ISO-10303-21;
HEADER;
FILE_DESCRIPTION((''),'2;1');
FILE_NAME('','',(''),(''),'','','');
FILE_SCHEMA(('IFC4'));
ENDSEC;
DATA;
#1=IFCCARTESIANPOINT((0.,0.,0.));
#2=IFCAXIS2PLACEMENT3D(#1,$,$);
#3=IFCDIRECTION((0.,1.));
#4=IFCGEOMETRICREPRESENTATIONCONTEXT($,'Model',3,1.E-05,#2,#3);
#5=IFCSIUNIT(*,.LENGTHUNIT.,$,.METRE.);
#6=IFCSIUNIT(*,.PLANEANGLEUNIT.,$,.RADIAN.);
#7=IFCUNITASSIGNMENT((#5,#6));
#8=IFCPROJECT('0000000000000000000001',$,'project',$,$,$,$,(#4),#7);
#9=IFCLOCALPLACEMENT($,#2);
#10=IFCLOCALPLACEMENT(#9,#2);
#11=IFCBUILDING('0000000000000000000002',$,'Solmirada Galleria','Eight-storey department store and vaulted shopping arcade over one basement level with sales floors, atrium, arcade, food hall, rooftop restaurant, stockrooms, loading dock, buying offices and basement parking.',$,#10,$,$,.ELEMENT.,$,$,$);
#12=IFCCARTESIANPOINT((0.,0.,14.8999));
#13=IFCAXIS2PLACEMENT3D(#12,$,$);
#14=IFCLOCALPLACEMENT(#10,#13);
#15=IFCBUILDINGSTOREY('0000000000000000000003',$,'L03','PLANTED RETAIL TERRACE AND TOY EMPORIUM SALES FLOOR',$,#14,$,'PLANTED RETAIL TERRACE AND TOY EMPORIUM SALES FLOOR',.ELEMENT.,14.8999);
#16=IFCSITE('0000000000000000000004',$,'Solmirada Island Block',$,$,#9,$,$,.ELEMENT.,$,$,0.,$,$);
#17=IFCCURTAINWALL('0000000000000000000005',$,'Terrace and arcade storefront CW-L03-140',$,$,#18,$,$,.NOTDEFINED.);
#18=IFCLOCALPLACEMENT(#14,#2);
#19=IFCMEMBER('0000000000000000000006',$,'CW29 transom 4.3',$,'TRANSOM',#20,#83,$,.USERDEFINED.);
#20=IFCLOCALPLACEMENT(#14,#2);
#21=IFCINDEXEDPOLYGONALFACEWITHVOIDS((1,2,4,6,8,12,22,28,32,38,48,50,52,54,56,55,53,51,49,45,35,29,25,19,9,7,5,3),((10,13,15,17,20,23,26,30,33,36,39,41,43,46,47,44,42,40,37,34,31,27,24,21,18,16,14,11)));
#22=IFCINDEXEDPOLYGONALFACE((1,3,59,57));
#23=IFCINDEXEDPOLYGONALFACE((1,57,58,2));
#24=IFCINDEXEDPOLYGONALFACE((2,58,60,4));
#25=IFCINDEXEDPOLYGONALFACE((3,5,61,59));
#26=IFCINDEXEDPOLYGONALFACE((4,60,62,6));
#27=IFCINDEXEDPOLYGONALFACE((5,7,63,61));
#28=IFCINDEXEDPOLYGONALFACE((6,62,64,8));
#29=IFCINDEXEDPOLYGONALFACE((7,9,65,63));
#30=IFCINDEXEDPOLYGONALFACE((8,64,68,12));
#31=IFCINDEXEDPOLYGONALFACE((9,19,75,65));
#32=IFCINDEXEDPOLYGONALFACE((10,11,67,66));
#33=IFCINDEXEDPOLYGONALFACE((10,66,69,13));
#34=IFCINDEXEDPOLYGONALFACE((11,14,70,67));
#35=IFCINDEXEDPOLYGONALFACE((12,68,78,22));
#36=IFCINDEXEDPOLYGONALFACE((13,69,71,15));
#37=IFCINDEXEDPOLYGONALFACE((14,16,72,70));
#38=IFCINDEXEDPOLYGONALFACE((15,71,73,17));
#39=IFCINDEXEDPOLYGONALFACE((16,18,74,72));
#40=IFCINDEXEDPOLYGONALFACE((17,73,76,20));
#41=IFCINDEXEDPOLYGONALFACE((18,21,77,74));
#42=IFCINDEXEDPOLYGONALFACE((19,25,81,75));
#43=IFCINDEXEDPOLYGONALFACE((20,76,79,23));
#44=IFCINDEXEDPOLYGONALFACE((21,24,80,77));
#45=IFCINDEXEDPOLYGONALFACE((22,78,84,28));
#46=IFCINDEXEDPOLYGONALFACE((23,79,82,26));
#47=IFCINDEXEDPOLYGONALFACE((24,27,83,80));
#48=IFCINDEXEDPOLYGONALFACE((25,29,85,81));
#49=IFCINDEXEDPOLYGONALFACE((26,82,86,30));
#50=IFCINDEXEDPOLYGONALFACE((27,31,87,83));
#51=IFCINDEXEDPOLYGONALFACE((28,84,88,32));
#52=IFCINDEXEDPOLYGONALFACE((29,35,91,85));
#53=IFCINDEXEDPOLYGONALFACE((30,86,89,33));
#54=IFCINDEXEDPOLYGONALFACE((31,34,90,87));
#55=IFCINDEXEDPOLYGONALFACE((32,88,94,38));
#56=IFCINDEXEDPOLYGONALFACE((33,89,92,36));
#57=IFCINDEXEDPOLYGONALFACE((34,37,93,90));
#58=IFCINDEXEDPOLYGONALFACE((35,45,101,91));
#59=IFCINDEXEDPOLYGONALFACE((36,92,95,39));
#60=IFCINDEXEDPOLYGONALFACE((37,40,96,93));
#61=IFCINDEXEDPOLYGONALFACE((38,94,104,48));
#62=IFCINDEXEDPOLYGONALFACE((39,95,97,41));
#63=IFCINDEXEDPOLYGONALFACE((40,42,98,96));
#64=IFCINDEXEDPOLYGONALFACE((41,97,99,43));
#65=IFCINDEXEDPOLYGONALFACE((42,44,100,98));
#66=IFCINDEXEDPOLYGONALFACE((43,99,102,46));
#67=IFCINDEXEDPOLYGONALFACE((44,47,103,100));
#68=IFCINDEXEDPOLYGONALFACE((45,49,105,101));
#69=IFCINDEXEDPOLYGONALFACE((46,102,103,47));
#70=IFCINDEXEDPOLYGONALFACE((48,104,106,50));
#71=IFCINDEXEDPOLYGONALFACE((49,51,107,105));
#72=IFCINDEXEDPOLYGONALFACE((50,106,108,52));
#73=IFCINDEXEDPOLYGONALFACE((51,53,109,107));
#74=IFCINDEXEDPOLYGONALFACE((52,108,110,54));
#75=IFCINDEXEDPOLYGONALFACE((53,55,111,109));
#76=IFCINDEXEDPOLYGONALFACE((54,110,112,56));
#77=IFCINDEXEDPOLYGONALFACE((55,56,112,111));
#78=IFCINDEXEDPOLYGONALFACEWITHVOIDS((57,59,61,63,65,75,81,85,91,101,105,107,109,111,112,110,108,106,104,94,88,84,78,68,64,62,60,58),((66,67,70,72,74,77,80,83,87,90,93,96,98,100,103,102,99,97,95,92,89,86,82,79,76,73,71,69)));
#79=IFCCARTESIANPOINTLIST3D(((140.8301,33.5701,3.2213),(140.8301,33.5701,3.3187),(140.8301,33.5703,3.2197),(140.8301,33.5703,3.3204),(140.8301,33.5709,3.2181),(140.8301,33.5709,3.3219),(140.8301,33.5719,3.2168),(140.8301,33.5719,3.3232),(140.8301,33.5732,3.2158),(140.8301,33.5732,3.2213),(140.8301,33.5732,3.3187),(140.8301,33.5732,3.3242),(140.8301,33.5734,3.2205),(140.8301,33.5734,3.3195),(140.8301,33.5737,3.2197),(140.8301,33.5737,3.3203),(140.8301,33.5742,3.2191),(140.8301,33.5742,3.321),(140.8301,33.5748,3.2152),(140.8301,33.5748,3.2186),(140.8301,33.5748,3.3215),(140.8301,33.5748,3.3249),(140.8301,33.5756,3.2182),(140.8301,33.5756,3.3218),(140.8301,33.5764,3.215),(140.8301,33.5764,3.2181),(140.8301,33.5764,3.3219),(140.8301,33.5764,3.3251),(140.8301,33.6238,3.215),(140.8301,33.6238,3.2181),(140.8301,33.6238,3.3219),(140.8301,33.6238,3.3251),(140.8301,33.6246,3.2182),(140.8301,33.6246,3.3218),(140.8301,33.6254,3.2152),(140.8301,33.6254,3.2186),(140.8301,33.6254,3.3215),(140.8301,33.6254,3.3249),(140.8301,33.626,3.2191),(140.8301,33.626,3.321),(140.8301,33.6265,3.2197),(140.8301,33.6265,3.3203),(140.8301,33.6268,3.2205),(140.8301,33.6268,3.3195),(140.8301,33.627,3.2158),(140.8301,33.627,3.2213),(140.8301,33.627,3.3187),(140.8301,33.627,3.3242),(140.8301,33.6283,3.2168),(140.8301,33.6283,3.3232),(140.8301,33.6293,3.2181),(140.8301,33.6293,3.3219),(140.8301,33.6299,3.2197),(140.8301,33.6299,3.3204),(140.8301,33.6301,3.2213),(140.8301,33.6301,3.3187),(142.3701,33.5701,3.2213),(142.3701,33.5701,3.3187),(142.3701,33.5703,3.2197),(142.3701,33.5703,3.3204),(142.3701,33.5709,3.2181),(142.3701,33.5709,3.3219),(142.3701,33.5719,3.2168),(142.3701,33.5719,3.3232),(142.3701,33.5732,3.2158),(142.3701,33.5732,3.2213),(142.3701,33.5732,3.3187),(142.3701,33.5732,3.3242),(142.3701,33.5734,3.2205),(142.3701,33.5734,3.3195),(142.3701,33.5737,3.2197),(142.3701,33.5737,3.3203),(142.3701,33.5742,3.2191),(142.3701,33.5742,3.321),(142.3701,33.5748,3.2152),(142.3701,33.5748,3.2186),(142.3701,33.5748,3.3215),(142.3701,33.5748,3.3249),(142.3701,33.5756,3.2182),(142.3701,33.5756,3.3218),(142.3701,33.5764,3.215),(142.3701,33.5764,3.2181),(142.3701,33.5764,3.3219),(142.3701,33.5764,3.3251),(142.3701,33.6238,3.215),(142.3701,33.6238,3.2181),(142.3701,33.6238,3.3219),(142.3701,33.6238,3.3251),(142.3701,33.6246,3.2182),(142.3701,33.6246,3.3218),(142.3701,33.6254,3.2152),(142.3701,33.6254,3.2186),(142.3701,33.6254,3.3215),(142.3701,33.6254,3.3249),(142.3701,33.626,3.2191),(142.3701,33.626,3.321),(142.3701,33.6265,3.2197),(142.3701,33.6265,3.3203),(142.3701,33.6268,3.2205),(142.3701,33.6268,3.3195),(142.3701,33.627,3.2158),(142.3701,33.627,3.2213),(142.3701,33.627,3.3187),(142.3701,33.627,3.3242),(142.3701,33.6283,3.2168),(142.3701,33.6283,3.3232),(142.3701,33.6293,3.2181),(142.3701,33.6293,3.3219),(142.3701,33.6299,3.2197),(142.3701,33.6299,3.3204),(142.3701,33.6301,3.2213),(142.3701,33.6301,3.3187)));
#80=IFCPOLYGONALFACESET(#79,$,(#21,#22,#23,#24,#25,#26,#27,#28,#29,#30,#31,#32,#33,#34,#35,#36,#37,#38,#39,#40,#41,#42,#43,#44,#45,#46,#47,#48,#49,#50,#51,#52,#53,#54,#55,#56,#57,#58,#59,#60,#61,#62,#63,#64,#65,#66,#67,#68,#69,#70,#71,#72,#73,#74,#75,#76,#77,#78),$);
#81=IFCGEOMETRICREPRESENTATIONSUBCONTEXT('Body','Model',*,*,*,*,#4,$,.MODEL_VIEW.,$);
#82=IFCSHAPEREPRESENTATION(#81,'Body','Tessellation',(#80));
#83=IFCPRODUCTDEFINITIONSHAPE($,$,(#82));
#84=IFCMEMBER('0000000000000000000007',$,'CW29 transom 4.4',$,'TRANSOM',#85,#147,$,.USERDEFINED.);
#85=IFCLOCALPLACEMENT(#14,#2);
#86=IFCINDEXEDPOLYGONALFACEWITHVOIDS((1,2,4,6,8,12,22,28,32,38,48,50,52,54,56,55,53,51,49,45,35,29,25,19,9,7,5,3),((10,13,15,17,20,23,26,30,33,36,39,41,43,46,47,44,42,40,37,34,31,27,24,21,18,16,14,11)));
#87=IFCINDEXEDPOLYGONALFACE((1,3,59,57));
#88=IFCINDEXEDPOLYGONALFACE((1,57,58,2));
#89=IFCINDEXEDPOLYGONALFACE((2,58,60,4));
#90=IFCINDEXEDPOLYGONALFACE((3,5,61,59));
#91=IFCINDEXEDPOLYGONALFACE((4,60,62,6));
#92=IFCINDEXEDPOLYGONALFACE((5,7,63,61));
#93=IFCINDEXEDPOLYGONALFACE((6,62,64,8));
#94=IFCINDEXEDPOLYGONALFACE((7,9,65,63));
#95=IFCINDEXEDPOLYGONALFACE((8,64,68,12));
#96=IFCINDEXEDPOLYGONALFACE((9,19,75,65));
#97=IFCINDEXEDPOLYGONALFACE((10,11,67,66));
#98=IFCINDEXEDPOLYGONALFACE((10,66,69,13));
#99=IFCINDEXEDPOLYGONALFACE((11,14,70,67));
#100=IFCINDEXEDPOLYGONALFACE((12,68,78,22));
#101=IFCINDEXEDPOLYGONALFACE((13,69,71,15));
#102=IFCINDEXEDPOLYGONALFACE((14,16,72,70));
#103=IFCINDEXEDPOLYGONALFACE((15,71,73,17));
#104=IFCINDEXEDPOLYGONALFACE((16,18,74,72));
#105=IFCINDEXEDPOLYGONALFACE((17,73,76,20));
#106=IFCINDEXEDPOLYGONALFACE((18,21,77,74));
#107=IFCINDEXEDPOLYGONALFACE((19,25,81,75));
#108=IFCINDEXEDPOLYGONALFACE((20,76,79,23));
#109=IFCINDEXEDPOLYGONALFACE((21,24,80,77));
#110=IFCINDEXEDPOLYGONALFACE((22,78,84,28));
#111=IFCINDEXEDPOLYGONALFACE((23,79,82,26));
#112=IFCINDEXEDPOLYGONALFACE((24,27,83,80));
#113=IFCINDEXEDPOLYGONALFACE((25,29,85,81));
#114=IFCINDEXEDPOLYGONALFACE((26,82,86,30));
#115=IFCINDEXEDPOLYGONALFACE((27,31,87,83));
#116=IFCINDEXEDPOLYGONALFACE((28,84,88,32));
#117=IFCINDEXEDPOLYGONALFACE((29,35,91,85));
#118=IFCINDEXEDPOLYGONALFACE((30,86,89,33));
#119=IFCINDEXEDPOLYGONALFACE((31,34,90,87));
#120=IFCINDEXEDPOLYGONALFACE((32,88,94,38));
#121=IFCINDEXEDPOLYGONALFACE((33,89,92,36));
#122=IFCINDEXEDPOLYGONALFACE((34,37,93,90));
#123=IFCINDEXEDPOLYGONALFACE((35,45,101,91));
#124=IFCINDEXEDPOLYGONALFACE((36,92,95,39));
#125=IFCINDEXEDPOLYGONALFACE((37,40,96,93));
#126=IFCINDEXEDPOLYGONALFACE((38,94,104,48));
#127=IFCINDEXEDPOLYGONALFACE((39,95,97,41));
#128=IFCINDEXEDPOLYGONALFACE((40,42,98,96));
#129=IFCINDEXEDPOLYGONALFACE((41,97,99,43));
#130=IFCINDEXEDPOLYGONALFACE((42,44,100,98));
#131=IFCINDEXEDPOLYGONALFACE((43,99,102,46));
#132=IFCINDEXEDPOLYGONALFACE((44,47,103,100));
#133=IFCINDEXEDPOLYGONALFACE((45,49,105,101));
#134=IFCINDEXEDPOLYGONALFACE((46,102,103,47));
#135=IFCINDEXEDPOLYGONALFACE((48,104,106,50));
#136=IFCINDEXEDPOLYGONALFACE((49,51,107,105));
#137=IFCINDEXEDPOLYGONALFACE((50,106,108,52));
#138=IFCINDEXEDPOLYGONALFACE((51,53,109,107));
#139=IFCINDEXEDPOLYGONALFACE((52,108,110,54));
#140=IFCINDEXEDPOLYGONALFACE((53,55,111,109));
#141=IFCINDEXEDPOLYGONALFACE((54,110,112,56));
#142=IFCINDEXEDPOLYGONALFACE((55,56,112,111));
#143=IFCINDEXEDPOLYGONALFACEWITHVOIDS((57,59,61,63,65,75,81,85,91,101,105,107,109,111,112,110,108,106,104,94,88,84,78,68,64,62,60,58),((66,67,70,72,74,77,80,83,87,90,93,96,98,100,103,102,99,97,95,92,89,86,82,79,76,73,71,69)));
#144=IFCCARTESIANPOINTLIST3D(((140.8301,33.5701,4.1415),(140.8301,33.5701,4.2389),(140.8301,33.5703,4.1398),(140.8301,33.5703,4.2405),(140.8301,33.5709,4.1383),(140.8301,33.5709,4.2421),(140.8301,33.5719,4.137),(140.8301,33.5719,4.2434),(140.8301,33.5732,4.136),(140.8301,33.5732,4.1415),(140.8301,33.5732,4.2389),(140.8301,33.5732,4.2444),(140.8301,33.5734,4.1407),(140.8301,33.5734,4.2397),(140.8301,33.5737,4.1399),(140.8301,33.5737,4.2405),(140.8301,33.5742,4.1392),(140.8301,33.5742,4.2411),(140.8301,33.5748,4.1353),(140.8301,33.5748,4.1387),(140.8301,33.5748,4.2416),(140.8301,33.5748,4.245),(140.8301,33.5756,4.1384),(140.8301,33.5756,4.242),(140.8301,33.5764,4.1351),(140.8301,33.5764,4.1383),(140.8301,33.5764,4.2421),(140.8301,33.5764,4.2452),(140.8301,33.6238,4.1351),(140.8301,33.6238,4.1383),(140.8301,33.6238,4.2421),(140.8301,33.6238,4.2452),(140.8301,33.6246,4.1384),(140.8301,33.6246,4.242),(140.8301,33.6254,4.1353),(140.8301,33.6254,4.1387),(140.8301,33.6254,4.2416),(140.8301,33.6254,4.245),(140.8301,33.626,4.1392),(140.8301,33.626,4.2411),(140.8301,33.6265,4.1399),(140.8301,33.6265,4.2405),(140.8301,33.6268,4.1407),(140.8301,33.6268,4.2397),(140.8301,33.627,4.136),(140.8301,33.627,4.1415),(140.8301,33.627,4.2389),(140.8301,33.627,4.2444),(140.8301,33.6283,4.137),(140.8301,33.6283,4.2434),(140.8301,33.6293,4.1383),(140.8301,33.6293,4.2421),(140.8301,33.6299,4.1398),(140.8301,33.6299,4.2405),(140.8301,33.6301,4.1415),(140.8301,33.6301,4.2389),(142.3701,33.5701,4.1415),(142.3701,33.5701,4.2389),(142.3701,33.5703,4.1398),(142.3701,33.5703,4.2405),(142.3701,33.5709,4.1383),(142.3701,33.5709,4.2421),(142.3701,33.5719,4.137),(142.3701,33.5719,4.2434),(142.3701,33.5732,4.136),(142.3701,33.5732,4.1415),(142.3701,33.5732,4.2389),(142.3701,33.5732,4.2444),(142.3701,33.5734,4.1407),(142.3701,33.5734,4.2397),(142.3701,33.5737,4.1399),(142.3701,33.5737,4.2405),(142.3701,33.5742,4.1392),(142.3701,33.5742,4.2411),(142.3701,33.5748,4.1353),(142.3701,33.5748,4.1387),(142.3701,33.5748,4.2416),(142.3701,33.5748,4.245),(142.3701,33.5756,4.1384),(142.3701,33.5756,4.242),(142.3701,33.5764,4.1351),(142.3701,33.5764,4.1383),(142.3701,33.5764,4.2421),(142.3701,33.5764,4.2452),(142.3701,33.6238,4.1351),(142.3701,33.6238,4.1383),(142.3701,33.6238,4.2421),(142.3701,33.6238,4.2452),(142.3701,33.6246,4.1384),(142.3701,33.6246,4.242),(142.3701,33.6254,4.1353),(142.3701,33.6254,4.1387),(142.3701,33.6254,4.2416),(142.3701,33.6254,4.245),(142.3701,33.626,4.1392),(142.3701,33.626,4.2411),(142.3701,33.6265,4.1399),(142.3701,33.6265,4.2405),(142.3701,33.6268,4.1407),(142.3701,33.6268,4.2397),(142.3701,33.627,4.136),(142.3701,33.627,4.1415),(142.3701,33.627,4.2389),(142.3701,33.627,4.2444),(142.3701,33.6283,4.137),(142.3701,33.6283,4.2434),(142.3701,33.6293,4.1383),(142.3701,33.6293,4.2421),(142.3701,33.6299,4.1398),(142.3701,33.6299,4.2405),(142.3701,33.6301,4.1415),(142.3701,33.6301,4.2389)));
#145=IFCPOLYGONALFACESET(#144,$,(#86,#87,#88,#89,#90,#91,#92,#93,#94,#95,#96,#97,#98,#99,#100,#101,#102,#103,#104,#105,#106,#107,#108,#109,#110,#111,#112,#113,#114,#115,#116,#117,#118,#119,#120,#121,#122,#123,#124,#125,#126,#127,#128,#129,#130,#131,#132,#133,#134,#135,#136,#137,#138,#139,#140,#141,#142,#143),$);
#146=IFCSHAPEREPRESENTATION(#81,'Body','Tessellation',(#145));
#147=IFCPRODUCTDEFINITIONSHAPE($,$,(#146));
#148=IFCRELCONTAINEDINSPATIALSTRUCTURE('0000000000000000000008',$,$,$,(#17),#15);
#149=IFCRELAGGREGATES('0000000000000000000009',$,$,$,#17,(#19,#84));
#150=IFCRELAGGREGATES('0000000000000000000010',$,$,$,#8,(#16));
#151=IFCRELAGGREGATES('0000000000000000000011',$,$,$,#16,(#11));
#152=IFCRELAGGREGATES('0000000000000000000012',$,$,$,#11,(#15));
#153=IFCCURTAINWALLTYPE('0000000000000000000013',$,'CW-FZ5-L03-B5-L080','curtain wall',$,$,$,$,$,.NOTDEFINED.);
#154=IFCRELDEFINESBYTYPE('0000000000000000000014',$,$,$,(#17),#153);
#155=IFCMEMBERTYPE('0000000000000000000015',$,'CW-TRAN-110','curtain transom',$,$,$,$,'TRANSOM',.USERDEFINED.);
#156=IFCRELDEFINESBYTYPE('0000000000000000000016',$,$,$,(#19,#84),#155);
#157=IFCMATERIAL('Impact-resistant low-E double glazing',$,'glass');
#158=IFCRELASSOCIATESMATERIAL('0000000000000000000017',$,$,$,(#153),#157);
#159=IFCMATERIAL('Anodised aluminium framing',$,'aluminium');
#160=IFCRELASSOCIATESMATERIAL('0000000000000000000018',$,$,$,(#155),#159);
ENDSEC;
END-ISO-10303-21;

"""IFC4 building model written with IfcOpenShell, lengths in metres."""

from ifc_helpers import new_model, si_unit, direction, frame, origin, origin_2d, place, context, subcontext, project, spatial, hollow_rectangle, extrude, material, material_profile, profile_set, type_object, element, aggregate, save


model = new_model("IFC4")

# Units and contexts
model_context = context("Model", 3, precision=1e-05, world=origin(), true_north=direction((0.0, 1.0)))
body_context = subcontext(model_context, "Body", "Model", "MODEL_VIEW")
ifc_project = project(units=[si_unit("LENGTHUNIT", "METRE"), si_unit("PLANEANGLEUNIT", "RADIAN")], contexts=[model_context])

# Site, building, storey
site_placement = place(None, origin())
site = spatial("IfcSite", under=ifc_project, at=site_placement, Name="Solmirada Island Block", CompositionType="ELEMENT", RefElevation=0.0)
building_placement = place(site_placement, origin())
building = spatial("IfcBuilding", under=site, at=building_placement, Name="Solmirada Galleria", Description="Eight-storey department store and vaulted shopping arcade over one basement level with sales floors, atrium, arcade, food hall, rooftop restaurant, stockrooms, loading dock, buying offices and basement parking.", CompositionType="ELEMENT")
storey_placement = place(building_placement, frame((0.0, 0.0, 14.8999)))
storey = spatial("IfcBuildingStorey", under=building, at=storey_placement, Name="L03", Description="PLANTED RETAIL TERRACE AND TOY EMPORIUM SALES FLOOR", LongName="PLANTED RETAIL TERRACE AND TOY EMPORIUM SALES FLOOR", CompositionType="ELEMENT", Elevation=14.8999)

# Curtain wall, members
ifc_material_1 = material(Name="Impact-resistant low-E double glazing", Category="glass")
curtain_wall_type = type_object("IfcCurtainWallType", Name="CW-FZ5-L03-B5-L080", Description="curtain wall", PredefinedType="NOTDEFINED", material=ifc_material_1)
curtain_wall_placement = place(storey_placement, origin())
curtain_wall = element("IfcCurtainWall", 1, at=curtain_wall_placement, inside=storey, type_object=curtain_wall_type, Name="Terrace and arcade storefront CW-L03-140", PredefinedType="NOTDEFINED")
ifc_material_2 = material(Name="Anodised aluminium framing", Category="aluminium")
ifc_material_profile_1 = material_profile(ifc_material_2, hollow_rectangle(XDim=0.0601, YDim=0.1101, WallThickness=0.0032, InnerFilletRadius=0.0032, OuterFilletRadius=0.0063, at=origin_2d()), Name="ALU-TRAN-110X60")
ifc_profile_set_1 = profile_set([ifc_material_profile_1], Name="Anodised aluminium framing")
member_type_1 = type_object("IfcMemberType", Name="CW-TRAN-110", Description="curtain transom", ElementType="TRANSOM", PredefinedType="USERDEFINED", material=ifc_profile_set_1)
member_1_placement = place(storey_placement, frame((140.8301, 33.6001, 3.27), z_axis=(1.0, 0.0, 0.0), x_axis=(0.0, 1.0, 0.0)))
member_1 = element("IfcMember", 2, at=member_1_placement, type_object=member_type_1, Name="CW29 transom 4.3", ObjectType="TRANSOM", PredefinedType="USERDEFINED", context=body_context, shape_type="SweptSolid", body=[
    extrude(hollow_rectangle(XDim=0.0601, YDim=0.1101, WallThickness=0.0032, InnerFilletRadius=0.0032, OuterFilletRadius=0.0063, at=origin_2d()), origin(), (0.0, 0.0, 1.0), 1.54),
])
member_2_placement = place(storey_placement, frame((140.8301, 33.6001, 4.1902), z_axis=(1.0, 0.0, 0.0), x_axis=(0.0, 1.0, 0.0)))
member_2 = element("IfcMember", 3, at=member_2_placement, type_object=member_type_1, Name="CW29 transom 4.4", ObjectType="TRANSOM", PredefinedType="USERDEFINED", context=body_context, shape_type="SweptSolid", body=[
    extrude(hollow_rectangle(XDim=0.0601, YDim=0.1101, WallThickness=0.0032, InnerFilletRadius=0.0032, OuterFilletRadius=0.0063, at=origin_2d()), origin(), (0.0, 0.0, 1.0), 1.54),
])
aggregate(curtain_wall, [member_1, member_2])

save(model, "model.ifc")
